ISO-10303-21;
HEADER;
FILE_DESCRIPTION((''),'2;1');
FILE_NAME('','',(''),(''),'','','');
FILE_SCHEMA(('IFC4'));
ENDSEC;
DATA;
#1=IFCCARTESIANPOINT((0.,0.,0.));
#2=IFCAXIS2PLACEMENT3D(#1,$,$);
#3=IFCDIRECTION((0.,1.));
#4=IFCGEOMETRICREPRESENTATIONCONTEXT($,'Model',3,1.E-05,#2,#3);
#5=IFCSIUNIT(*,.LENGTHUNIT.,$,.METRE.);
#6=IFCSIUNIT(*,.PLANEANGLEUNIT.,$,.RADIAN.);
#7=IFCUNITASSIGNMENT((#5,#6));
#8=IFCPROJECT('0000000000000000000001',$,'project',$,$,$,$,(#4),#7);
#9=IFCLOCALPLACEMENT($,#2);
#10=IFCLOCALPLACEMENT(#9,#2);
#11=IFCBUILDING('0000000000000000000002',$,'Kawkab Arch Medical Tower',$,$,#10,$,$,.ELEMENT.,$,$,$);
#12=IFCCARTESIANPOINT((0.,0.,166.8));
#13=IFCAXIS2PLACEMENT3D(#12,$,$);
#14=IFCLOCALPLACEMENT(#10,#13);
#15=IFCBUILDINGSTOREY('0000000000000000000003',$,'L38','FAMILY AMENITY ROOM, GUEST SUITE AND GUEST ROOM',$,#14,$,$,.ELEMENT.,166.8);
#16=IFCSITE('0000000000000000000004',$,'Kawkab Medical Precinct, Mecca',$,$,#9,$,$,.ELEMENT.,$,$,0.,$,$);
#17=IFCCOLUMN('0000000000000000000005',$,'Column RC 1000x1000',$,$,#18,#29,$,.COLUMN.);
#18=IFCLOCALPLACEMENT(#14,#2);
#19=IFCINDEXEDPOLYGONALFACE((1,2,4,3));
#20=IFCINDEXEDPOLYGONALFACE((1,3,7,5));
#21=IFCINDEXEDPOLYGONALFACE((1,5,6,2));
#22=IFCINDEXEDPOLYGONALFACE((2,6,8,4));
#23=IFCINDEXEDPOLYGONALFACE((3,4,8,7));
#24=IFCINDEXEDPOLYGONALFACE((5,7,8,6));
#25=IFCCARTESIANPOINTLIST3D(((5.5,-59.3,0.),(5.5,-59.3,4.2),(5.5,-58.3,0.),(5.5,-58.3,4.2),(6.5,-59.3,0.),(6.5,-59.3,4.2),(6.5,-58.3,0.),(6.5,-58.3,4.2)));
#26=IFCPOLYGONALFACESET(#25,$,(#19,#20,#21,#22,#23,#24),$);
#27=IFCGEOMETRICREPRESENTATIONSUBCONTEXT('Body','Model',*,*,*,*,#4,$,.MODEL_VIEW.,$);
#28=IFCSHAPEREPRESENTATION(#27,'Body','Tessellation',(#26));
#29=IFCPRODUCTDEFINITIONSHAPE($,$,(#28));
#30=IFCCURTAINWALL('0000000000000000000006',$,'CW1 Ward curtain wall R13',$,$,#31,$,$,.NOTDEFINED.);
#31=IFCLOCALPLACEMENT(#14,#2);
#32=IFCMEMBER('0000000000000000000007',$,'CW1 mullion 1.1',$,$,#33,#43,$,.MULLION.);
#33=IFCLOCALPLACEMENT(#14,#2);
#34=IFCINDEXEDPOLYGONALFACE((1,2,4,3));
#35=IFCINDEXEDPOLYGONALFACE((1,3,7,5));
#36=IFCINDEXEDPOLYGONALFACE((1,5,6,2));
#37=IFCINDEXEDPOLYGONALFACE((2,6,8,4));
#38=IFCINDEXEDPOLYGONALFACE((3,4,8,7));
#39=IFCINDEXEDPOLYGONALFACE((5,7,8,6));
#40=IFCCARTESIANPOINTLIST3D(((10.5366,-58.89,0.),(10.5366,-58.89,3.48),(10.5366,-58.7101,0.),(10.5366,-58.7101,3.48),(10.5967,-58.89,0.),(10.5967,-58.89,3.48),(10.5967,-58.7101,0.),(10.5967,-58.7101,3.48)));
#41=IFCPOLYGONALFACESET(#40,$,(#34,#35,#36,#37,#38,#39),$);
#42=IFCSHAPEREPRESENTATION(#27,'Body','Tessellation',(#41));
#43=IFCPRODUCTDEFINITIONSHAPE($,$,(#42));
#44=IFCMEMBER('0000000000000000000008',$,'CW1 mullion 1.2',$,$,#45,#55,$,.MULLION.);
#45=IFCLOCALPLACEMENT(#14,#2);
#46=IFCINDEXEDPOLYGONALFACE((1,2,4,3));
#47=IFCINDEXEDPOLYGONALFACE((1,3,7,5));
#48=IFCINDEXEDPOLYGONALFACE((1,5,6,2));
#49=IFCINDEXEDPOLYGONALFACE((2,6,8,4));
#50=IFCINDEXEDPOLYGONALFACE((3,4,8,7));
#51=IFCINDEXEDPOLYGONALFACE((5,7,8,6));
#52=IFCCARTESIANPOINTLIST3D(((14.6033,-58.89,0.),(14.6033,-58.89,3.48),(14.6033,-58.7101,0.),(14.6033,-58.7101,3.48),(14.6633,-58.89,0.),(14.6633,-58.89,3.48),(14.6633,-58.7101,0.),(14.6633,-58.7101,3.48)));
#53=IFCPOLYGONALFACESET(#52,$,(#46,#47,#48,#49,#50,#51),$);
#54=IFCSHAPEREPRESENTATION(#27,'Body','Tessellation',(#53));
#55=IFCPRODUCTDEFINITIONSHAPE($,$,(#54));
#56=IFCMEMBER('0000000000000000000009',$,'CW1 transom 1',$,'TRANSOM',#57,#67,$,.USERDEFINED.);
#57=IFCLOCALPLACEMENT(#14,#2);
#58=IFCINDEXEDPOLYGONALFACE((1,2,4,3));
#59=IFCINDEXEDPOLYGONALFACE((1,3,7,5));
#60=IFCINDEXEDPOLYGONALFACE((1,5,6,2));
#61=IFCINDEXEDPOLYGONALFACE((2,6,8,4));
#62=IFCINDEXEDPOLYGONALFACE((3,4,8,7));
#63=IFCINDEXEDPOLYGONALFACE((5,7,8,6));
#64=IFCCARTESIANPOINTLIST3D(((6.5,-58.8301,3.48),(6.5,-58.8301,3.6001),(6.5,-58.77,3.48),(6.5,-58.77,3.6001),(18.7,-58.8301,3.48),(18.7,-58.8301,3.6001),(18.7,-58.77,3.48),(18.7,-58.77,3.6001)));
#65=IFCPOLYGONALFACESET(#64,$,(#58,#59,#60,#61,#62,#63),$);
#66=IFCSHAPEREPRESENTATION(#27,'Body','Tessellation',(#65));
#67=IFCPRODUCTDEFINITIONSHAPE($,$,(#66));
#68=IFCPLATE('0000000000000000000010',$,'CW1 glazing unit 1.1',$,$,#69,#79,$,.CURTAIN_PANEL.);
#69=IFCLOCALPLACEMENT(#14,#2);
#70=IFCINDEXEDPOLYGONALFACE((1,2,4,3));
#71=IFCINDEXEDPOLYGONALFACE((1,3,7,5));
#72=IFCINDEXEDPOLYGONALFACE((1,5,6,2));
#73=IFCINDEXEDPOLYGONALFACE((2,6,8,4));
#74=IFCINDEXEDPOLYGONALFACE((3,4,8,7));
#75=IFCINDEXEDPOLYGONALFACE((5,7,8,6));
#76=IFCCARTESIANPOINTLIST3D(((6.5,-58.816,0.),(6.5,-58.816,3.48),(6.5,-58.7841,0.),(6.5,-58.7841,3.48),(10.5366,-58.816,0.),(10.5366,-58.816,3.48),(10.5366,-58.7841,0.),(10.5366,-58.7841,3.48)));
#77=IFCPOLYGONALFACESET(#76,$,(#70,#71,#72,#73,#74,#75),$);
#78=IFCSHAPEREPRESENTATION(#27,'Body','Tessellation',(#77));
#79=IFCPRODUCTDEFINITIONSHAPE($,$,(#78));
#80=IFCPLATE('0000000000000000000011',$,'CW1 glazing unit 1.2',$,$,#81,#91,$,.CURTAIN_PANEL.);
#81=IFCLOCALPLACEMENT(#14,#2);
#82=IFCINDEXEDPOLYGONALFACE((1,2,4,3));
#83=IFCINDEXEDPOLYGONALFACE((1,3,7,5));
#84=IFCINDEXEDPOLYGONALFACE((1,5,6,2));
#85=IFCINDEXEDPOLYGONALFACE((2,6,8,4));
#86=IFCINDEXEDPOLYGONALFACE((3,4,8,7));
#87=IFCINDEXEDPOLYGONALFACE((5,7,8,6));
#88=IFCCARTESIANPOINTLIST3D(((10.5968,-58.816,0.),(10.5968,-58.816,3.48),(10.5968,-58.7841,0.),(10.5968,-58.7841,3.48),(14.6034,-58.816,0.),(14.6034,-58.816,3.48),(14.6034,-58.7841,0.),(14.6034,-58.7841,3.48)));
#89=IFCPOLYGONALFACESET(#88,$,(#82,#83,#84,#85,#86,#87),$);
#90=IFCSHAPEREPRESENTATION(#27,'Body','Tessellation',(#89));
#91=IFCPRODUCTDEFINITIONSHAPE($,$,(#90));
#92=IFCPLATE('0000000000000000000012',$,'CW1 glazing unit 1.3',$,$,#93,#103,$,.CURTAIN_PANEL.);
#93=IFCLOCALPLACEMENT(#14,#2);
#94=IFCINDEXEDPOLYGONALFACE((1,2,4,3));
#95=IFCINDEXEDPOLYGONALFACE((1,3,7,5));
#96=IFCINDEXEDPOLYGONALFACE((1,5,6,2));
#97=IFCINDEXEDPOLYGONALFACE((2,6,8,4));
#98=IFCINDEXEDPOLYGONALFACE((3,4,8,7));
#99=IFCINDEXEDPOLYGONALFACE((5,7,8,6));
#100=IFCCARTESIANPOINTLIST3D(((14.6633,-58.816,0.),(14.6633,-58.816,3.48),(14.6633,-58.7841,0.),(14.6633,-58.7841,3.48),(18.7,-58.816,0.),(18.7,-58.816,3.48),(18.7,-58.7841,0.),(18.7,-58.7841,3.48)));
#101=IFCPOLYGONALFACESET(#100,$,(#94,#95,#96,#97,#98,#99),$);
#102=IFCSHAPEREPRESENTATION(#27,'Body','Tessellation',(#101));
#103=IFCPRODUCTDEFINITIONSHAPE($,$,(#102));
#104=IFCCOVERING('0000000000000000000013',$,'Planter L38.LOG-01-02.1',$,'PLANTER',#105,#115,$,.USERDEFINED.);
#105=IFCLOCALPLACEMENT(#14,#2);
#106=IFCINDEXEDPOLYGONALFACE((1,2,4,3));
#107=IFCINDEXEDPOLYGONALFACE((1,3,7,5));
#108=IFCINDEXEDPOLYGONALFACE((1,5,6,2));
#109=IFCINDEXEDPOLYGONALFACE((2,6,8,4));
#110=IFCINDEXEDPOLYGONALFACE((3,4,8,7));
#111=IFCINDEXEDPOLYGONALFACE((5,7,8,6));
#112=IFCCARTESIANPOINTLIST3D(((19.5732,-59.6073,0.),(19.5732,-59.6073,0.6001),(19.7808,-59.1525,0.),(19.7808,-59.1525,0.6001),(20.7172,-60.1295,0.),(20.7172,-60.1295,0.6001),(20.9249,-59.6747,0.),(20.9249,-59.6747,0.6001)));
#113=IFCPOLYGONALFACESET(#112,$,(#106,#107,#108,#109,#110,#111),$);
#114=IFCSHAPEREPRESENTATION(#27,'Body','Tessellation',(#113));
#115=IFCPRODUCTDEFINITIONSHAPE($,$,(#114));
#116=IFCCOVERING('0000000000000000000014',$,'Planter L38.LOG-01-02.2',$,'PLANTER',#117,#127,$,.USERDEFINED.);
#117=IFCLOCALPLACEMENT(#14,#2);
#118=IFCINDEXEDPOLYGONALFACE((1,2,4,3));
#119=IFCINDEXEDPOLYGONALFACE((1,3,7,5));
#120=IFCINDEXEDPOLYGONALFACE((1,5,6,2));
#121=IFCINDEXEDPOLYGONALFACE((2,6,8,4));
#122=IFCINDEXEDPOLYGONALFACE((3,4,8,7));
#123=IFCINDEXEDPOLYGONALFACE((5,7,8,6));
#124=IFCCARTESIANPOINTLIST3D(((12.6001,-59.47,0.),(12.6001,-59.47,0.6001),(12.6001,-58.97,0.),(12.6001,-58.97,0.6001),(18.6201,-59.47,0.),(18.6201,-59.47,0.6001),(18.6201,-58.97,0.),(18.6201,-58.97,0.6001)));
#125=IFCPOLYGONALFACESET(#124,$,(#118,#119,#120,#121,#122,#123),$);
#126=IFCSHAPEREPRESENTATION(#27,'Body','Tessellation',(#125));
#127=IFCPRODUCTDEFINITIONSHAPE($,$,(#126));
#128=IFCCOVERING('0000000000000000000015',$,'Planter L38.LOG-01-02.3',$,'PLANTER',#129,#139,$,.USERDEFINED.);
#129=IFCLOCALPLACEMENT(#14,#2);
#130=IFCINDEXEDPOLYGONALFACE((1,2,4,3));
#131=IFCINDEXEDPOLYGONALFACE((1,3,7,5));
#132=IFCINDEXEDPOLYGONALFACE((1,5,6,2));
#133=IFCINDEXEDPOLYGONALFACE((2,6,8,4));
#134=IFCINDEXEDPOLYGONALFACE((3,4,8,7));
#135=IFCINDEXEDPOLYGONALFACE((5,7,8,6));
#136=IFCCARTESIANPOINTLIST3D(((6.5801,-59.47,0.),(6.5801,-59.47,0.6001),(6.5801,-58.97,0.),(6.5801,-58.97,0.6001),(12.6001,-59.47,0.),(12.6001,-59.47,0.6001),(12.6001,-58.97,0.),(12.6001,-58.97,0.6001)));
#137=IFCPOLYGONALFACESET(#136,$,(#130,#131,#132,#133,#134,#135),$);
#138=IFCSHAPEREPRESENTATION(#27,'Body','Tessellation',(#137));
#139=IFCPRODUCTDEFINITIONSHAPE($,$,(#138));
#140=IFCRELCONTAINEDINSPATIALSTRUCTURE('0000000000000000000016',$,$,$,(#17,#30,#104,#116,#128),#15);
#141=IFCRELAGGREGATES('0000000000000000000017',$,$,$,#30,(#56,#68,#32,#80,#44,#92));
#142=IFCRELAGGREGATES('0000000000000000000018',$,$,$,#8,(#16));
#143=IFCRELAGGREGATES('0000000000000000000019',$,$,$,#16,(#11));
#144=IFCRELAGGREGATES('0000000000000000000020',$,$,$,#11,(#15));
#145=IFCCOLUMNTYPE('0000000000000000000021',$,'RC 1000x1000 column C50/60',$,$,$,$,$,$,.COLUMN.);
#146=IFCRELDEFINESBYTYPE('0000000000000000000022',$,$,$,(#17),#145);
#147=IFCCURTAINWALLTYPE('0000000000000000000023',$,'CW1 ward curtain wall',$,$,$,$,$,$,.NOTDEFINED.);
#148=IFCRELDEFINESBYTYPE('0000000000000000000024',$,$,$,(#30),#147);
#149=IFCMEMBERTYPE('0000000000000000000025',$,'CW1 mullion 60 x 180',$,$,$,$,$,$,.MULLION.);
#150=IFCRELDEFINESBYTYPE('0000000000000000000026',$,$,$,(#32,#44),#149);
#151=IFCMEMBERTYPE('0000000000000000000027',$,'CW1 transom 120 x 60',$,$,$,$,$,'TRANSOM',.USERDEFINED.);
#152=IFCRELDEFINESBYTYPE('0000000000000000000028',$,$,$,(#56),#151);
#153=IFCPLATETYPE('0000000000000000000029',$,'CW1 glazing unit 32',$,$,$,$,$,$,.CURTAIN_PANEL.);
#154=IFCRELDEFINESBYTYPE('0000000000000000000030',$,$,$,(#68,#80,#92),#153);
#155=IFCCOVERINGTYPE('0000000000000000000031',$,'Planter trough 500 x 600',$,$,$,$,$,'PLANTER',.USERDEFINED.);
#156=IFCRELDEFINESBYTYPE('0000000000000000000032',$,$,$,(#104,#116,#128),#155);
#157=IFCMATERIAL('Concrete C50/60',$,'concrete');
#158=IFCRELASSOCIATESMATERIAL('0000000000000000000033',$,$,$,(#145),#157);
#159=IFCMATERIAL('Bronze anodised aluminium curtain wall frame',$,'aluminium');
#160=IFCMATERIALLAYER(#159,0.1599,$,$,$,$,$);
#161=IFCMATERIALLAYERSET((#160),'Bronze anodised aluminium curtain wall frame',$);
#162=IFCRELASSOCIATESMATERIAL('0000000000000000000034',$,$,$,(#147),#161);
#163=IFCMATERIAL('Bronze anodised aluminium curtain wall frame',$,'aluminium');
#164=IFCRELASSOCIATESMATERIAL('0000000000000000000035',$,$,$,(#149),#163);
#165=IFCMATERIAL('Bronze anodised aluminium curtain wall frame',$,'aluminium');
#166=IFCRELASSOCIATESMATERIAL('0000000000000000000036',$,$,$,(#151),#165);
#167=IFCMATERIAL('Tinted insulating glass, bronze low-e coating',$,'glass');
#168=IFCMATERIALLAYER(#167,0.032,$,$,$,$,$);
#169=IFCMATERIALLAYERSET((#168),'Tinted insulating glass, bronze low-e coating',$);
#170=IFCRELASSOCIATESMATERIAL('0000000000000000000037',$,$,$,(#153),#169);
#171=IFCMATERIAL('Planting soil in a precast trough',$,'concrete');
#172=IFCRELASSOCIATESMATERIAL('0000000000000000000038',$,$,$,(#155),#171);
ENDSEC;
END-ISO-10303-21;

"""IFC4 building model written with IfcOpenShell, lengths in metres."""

from ifc_helpers import new_model, si_unit, direction, frame, origin, origin_2d, place, context, subcontext, project, spatial, rectangle, extrude, material, layer, layer_set, material_profile, profile_set, type_object, element, aggregate, save


model = new_model("IFC4")

# Units and contexts
model_context = context("Model", 3, precision=1e-05, world=origin(), true_north=direction((0.0, 1.0)))
body_context = subcontext(model_context, "Body", "Model", "MODEL_VIEW")
ifc_project = project(units=[si_unit("LENGTHUNIT", "METRE"), si_unit("PLANEANGLEUNIT", "RADIAN")], contexts=[model_context])

# Site, building, storey
site_placement = place(None, origin())
site = spatial("IfcSite", under=ifc_project, at=site_placement, Name="Kawkab Medical Precinct, Mecca", CompositionType="ELEMENT", RefElevation=0.0)
building_placement = place(site_placement, origin())
building = spatial("IfcBuilding", under=site, at=building_placement, Name="Kawkab Arch Medical Tower", CompositionType="ELEMENT")
storey_placement = place(building_placement, frame((0.0, 0.0, 166.8)))
storey = spatial("IfcBuildingStorey", under=building, at=storey_placement, Name="L38", Description="FAMILY AMENITY ROOM, GUEST SUITE AND GUEST ROOM", CompositionType="ELEMENT", Elevation=166.8)

# Column
ifc_material_1 = material(Name="Concrete C50/60", Category="concrete")
ifc_material_profile_1 = material_profile(ifc_material_1, rectangle(XDim=1.0, YDim=1.0, at=origin_2d()), Name="RC 1000x1000")
ifc_profile_set_1 = profile_set([ifc_material_profile_1], Name="Concrete C50/60")
column_type = type_object("IfcColumnType", Name="RC 1000x1000 column C50/60", PredefinedType="COLUMN", material=ifc_profile_set_1)
column_placement = place(storey_placement, frame((6.0, -58.8, 0.0), z_axis=(0.0, 0.0, 1.0), x_axis=(1.0, 0.0, 0.0)))
element("IfcColumn", 1, at=column_placement, inside=storey, type_object=column_type, Name="Column RC 1000x1000", PredefinedType="COLUMN", context=body_context, shape_type="SweptSolid", body=[
    extrude(rectangle(XDim=1.0, YDim=1.0, at=origin_2d()), origin(), (0.0, 0.0, 1.0), 4.2),
])

# Curtain wall, members, plates
ifc_material_2 = material(Name="Bronze anodised aluminium curtain wall frame", Category="aluminium")
ifc_layer_1 = layer(ifc_material_2, 0.1599)
ifc_layer_set_1 = layer_set([ifc_layer_1], Name="Bronze anodised aluminium curtain wall frame")
curtain_wall_type = type_object("IfcCurtainWallType", Name="CW1 ward curtain wall", PredefinedType="NOTDEFINED", material=ifc_layer_set_1)
curtain_wall_placement = place(storey_placement, origin())
curtain_wall = element("IfcCurtainWall", 2, at=curtain_wall_placement, inside=storey, type_object=curtain_wall_type, Name="CW1 Ward curtain wall R13", PredefinedType="NOTDEFINED")
ifc_material_3 = material(Name="Bronze anodised aluminium curtain wall frame", Category="aluminium")
ifc_material_profile_2 = material_profile(ifc_material_3, rectangle(XDim=0.1799, YDim=0.0601, at=origin_2d()), Name="AL 60x180")
ifc_profile_set_2 = profile_set([ifc_material_profile_2], Name="Bronze anodised aluminium curtain wall frame")
member_type_1 = type_object("IfcMemberType", Name="CW1 mullion 60 x 180", PredefinedType="MULLION", material=ifc_profile_set_2)
member_1_placement = place(storey_placement, frame((10.5667, -58.8, 0.0), z_axis=(0.0, 0.0, 1.0), x_axis=(0.0, 1.0, 0.0)))
member_1 = element("IfcMember", 3, at=member_1_placement, type_object=member_type_1, Name="CW1 mullion 1.1", PredefinedType="MULLION", context=body_context, shape_type="SweptSolid", body=[
    extrude(rectangle(XDim=0.1799, YDim=0.0601, at=origin_2d()), origin(), (0.0, 0.0, 1.0), 3.48),
])
member_2_placement = place(storey_placement, frame((14.6333, -58.8, 0.0), z_axis=(0.0, 0.0, 1.0), x_axis=(0.0, 1.0, 0.0)))
member_2 = element("IfcMember", 4, at=member_2_placement, type_object=member_type_1, Name="CW1 mullion 1.2", PredefinedType="MULLION", context=body_context, shape_type="SweptSolid", body=[
    extrude(rectangle(XDim=0.1799, YDim=0.0601, at=origin_2d()), origin(), (0.0, 0.0, 1.0), 3.48),
])
ifc_material_4 = material(Name="Bronze anodised aluminium curtain wall frame", Category="aluminium")
ifc_material_profile_3 = material_profile(ifc_material_4, rectangle(XDim=0.0601, YDim=0.1201, at=origin_2d()), Name="AL 60x120")
ifc_profile_set_3 = profile_set([ifc_material_profile_3], Name="Bronze anodised aluminium curtain wall frame")
member_type_2 = type_object("IfcMemberType", Name="CW1 transom 120 x 60", ElementType="TRANSOM", PredefinedType="USERDEFINED", material=ifc_profile_set_3)
member_3_placement = place(storey_placement, frame((6.5, -58.8, 3.54), z_axis=(1.0, 0.0, 0.0), x_axis=(0.0, 1.0, 0.0)))
member_3 = element("IfcMember", 5, at=member_3_placement, type_object=member_type_2, Name="CW1 transom 1", ObjectType="TRANSOM", PredefinedType="USERDEFINED", context=body_context, shape_type="SweptSolid", body=[
    extrude(rectangle(XDim=0.0601, YDim=0.1201, at=origin_2d()), origin(), (0.0, 0.0, 1.0), 12.2),
])
ifc_material_5 = material(Name="Tinted insulating glass, bronze low-e coating", Category="glass")
ifc_layer_2 = layer(ifc_material_5, 0.032)
ifc_layer_set_2 = layer_set([ifc_layer_2], Name="Tinted insulating glass, bronze low-e coating")
plate_type = type_object("IfcPlateType", Name="CW1 glazing unit 32", PredefinedType="CURTAIN_PANEL", material=ifc_layer_set_2)
plate_1_placement = place(storey_placement, frame((8.5183, -58.8, 0.0), z_axis=(0.0, 0.0, 1.0), x_axis=(1.0, 0.0, 0.0)))
plate_1 = element("IfcPlate", 6, at=plate_1_placement, type_object=plate_type, Name="CW1 glazing unit 1.1", PredefinedType="CURTAIN_PANEL", context=body_context, shape_type="SweptSolid", body=[
    extrude(rectangle(XDim=4.0366, YDim=0.032, at=origin_2d()), origin(), (0.0, 0.0, 1.0), 3.48),
])
plate_2_placement = place(storey_placement, frame((12.6001, -58.8, 0.0), z_axis=(0.0, 0.0, 1.0), x_axis=(1.0, 0.0, 0.0)))
plate_2 = element("IfcPlate", 7, at=plate_2_placement, type_object=plate_type, Name="CW1 glazing unit 1.2", PredefinedType="CURTAIN_PANEL", context=body_context, shape_type="SweptSolid", body=[
    extrude(rectangle(XDim=4.0066, YDim=0.032, at=origin_2d()), origin(), (0.0, 0.0, 1.0), 3.48),
])
plate_3_placement = place(storey_placement, frame((16.6816, -58.8, 0.0), z_axis=(0.0, 0.0, 1.0), x_axis=(1.0, 0.0, 0.0)))
plate_3 = element("IfcPlate", 8, at=plate_3_placement, type_object=plate_type, Name="CW1 glazing unit 1.3", PredefinedType="CURTAIN_PANEL", context=body_context, shape_type="SweptSolid", body=[
    extrude(rectangle(XDim=4.0366, YDim=0.032, at=origin_2d()), origin(), (0.0, 0.0, 1.0), 3.48),
])
aggregate(curtain_wall, [member_3, plate_1, member_1, plate_2, member_2, plate_3])

# Coverings
ifc_material_6 = material(Name="Planting soil in a precast trough", Category="concrete")
ifc_material_profile_4 = material_profile(ifc_material_6, rectangle(XDim=0.5, YDim=0.6001, at=origin_2d()), Name="Trough 500x600")
ifc_profile_set_4 = profile_set([ifc_material_profile_4], Name="Planting soil in a precast trough")
covering_type = type_object("IfcCoveringType", Name="Planter trough 500 x 600", ElementType="PLANTER", PredefinedType="USERDEFINED", material=ifc_profile_set_4)
covering_placement = place(storey_placement, frame((20.821, -59.9021, 0.3), z_axis=(-0.909707, 0.41525, 0.0), x_axis=(-0.41525, -0.909707, 0.0)))
element("IfcCovering", 9, at=covering_placement, inside=storey, type_object=covering_type, Name="Planter L38.LOG-01-02.1", ObjectType="PLANTER", PredefinedType="USERDEFINED", context=body_context, shape_type="SweptSolid", body=[
    extrude(rectangle(XDim=0.5, YDim=0.6001, at=origin_2d()), origin(), (0.0, 0.0, 1.0), 1.2576),
])
for number, where, z_axis, x_axis, name in (
    (10, (18.6201, -59.22, 0.3), (-1.0, 0.0, 0.0), (0.0, -1.0, 0.0), "Planter L38.LOG-01-02.2"),
    (11, (12.6001, -59.22, 0.3), (-1.0, 0.0, 0.0), (0.0, -1.0, 0.0), "Planter L38.LOG-01-02.3"),
):
    element("IfcCovering", number, at=place(storey_placement, frame(where, z_axis=z_axis, x_axis=x_axis)), inside=storey, type_object=covering_type, Name=name, ObjectType="PLANTER", PredefinedType="USERDEFINED", context=body_context, shape_type="SweptSolid", body=[
        extrude(rectangle(XDim=0.5, YDim=0.6001, at=origin_2d()), origin(), (0.0, 0.0, 1.0), 6.02),
    ])

save(model, "model.ifc")
